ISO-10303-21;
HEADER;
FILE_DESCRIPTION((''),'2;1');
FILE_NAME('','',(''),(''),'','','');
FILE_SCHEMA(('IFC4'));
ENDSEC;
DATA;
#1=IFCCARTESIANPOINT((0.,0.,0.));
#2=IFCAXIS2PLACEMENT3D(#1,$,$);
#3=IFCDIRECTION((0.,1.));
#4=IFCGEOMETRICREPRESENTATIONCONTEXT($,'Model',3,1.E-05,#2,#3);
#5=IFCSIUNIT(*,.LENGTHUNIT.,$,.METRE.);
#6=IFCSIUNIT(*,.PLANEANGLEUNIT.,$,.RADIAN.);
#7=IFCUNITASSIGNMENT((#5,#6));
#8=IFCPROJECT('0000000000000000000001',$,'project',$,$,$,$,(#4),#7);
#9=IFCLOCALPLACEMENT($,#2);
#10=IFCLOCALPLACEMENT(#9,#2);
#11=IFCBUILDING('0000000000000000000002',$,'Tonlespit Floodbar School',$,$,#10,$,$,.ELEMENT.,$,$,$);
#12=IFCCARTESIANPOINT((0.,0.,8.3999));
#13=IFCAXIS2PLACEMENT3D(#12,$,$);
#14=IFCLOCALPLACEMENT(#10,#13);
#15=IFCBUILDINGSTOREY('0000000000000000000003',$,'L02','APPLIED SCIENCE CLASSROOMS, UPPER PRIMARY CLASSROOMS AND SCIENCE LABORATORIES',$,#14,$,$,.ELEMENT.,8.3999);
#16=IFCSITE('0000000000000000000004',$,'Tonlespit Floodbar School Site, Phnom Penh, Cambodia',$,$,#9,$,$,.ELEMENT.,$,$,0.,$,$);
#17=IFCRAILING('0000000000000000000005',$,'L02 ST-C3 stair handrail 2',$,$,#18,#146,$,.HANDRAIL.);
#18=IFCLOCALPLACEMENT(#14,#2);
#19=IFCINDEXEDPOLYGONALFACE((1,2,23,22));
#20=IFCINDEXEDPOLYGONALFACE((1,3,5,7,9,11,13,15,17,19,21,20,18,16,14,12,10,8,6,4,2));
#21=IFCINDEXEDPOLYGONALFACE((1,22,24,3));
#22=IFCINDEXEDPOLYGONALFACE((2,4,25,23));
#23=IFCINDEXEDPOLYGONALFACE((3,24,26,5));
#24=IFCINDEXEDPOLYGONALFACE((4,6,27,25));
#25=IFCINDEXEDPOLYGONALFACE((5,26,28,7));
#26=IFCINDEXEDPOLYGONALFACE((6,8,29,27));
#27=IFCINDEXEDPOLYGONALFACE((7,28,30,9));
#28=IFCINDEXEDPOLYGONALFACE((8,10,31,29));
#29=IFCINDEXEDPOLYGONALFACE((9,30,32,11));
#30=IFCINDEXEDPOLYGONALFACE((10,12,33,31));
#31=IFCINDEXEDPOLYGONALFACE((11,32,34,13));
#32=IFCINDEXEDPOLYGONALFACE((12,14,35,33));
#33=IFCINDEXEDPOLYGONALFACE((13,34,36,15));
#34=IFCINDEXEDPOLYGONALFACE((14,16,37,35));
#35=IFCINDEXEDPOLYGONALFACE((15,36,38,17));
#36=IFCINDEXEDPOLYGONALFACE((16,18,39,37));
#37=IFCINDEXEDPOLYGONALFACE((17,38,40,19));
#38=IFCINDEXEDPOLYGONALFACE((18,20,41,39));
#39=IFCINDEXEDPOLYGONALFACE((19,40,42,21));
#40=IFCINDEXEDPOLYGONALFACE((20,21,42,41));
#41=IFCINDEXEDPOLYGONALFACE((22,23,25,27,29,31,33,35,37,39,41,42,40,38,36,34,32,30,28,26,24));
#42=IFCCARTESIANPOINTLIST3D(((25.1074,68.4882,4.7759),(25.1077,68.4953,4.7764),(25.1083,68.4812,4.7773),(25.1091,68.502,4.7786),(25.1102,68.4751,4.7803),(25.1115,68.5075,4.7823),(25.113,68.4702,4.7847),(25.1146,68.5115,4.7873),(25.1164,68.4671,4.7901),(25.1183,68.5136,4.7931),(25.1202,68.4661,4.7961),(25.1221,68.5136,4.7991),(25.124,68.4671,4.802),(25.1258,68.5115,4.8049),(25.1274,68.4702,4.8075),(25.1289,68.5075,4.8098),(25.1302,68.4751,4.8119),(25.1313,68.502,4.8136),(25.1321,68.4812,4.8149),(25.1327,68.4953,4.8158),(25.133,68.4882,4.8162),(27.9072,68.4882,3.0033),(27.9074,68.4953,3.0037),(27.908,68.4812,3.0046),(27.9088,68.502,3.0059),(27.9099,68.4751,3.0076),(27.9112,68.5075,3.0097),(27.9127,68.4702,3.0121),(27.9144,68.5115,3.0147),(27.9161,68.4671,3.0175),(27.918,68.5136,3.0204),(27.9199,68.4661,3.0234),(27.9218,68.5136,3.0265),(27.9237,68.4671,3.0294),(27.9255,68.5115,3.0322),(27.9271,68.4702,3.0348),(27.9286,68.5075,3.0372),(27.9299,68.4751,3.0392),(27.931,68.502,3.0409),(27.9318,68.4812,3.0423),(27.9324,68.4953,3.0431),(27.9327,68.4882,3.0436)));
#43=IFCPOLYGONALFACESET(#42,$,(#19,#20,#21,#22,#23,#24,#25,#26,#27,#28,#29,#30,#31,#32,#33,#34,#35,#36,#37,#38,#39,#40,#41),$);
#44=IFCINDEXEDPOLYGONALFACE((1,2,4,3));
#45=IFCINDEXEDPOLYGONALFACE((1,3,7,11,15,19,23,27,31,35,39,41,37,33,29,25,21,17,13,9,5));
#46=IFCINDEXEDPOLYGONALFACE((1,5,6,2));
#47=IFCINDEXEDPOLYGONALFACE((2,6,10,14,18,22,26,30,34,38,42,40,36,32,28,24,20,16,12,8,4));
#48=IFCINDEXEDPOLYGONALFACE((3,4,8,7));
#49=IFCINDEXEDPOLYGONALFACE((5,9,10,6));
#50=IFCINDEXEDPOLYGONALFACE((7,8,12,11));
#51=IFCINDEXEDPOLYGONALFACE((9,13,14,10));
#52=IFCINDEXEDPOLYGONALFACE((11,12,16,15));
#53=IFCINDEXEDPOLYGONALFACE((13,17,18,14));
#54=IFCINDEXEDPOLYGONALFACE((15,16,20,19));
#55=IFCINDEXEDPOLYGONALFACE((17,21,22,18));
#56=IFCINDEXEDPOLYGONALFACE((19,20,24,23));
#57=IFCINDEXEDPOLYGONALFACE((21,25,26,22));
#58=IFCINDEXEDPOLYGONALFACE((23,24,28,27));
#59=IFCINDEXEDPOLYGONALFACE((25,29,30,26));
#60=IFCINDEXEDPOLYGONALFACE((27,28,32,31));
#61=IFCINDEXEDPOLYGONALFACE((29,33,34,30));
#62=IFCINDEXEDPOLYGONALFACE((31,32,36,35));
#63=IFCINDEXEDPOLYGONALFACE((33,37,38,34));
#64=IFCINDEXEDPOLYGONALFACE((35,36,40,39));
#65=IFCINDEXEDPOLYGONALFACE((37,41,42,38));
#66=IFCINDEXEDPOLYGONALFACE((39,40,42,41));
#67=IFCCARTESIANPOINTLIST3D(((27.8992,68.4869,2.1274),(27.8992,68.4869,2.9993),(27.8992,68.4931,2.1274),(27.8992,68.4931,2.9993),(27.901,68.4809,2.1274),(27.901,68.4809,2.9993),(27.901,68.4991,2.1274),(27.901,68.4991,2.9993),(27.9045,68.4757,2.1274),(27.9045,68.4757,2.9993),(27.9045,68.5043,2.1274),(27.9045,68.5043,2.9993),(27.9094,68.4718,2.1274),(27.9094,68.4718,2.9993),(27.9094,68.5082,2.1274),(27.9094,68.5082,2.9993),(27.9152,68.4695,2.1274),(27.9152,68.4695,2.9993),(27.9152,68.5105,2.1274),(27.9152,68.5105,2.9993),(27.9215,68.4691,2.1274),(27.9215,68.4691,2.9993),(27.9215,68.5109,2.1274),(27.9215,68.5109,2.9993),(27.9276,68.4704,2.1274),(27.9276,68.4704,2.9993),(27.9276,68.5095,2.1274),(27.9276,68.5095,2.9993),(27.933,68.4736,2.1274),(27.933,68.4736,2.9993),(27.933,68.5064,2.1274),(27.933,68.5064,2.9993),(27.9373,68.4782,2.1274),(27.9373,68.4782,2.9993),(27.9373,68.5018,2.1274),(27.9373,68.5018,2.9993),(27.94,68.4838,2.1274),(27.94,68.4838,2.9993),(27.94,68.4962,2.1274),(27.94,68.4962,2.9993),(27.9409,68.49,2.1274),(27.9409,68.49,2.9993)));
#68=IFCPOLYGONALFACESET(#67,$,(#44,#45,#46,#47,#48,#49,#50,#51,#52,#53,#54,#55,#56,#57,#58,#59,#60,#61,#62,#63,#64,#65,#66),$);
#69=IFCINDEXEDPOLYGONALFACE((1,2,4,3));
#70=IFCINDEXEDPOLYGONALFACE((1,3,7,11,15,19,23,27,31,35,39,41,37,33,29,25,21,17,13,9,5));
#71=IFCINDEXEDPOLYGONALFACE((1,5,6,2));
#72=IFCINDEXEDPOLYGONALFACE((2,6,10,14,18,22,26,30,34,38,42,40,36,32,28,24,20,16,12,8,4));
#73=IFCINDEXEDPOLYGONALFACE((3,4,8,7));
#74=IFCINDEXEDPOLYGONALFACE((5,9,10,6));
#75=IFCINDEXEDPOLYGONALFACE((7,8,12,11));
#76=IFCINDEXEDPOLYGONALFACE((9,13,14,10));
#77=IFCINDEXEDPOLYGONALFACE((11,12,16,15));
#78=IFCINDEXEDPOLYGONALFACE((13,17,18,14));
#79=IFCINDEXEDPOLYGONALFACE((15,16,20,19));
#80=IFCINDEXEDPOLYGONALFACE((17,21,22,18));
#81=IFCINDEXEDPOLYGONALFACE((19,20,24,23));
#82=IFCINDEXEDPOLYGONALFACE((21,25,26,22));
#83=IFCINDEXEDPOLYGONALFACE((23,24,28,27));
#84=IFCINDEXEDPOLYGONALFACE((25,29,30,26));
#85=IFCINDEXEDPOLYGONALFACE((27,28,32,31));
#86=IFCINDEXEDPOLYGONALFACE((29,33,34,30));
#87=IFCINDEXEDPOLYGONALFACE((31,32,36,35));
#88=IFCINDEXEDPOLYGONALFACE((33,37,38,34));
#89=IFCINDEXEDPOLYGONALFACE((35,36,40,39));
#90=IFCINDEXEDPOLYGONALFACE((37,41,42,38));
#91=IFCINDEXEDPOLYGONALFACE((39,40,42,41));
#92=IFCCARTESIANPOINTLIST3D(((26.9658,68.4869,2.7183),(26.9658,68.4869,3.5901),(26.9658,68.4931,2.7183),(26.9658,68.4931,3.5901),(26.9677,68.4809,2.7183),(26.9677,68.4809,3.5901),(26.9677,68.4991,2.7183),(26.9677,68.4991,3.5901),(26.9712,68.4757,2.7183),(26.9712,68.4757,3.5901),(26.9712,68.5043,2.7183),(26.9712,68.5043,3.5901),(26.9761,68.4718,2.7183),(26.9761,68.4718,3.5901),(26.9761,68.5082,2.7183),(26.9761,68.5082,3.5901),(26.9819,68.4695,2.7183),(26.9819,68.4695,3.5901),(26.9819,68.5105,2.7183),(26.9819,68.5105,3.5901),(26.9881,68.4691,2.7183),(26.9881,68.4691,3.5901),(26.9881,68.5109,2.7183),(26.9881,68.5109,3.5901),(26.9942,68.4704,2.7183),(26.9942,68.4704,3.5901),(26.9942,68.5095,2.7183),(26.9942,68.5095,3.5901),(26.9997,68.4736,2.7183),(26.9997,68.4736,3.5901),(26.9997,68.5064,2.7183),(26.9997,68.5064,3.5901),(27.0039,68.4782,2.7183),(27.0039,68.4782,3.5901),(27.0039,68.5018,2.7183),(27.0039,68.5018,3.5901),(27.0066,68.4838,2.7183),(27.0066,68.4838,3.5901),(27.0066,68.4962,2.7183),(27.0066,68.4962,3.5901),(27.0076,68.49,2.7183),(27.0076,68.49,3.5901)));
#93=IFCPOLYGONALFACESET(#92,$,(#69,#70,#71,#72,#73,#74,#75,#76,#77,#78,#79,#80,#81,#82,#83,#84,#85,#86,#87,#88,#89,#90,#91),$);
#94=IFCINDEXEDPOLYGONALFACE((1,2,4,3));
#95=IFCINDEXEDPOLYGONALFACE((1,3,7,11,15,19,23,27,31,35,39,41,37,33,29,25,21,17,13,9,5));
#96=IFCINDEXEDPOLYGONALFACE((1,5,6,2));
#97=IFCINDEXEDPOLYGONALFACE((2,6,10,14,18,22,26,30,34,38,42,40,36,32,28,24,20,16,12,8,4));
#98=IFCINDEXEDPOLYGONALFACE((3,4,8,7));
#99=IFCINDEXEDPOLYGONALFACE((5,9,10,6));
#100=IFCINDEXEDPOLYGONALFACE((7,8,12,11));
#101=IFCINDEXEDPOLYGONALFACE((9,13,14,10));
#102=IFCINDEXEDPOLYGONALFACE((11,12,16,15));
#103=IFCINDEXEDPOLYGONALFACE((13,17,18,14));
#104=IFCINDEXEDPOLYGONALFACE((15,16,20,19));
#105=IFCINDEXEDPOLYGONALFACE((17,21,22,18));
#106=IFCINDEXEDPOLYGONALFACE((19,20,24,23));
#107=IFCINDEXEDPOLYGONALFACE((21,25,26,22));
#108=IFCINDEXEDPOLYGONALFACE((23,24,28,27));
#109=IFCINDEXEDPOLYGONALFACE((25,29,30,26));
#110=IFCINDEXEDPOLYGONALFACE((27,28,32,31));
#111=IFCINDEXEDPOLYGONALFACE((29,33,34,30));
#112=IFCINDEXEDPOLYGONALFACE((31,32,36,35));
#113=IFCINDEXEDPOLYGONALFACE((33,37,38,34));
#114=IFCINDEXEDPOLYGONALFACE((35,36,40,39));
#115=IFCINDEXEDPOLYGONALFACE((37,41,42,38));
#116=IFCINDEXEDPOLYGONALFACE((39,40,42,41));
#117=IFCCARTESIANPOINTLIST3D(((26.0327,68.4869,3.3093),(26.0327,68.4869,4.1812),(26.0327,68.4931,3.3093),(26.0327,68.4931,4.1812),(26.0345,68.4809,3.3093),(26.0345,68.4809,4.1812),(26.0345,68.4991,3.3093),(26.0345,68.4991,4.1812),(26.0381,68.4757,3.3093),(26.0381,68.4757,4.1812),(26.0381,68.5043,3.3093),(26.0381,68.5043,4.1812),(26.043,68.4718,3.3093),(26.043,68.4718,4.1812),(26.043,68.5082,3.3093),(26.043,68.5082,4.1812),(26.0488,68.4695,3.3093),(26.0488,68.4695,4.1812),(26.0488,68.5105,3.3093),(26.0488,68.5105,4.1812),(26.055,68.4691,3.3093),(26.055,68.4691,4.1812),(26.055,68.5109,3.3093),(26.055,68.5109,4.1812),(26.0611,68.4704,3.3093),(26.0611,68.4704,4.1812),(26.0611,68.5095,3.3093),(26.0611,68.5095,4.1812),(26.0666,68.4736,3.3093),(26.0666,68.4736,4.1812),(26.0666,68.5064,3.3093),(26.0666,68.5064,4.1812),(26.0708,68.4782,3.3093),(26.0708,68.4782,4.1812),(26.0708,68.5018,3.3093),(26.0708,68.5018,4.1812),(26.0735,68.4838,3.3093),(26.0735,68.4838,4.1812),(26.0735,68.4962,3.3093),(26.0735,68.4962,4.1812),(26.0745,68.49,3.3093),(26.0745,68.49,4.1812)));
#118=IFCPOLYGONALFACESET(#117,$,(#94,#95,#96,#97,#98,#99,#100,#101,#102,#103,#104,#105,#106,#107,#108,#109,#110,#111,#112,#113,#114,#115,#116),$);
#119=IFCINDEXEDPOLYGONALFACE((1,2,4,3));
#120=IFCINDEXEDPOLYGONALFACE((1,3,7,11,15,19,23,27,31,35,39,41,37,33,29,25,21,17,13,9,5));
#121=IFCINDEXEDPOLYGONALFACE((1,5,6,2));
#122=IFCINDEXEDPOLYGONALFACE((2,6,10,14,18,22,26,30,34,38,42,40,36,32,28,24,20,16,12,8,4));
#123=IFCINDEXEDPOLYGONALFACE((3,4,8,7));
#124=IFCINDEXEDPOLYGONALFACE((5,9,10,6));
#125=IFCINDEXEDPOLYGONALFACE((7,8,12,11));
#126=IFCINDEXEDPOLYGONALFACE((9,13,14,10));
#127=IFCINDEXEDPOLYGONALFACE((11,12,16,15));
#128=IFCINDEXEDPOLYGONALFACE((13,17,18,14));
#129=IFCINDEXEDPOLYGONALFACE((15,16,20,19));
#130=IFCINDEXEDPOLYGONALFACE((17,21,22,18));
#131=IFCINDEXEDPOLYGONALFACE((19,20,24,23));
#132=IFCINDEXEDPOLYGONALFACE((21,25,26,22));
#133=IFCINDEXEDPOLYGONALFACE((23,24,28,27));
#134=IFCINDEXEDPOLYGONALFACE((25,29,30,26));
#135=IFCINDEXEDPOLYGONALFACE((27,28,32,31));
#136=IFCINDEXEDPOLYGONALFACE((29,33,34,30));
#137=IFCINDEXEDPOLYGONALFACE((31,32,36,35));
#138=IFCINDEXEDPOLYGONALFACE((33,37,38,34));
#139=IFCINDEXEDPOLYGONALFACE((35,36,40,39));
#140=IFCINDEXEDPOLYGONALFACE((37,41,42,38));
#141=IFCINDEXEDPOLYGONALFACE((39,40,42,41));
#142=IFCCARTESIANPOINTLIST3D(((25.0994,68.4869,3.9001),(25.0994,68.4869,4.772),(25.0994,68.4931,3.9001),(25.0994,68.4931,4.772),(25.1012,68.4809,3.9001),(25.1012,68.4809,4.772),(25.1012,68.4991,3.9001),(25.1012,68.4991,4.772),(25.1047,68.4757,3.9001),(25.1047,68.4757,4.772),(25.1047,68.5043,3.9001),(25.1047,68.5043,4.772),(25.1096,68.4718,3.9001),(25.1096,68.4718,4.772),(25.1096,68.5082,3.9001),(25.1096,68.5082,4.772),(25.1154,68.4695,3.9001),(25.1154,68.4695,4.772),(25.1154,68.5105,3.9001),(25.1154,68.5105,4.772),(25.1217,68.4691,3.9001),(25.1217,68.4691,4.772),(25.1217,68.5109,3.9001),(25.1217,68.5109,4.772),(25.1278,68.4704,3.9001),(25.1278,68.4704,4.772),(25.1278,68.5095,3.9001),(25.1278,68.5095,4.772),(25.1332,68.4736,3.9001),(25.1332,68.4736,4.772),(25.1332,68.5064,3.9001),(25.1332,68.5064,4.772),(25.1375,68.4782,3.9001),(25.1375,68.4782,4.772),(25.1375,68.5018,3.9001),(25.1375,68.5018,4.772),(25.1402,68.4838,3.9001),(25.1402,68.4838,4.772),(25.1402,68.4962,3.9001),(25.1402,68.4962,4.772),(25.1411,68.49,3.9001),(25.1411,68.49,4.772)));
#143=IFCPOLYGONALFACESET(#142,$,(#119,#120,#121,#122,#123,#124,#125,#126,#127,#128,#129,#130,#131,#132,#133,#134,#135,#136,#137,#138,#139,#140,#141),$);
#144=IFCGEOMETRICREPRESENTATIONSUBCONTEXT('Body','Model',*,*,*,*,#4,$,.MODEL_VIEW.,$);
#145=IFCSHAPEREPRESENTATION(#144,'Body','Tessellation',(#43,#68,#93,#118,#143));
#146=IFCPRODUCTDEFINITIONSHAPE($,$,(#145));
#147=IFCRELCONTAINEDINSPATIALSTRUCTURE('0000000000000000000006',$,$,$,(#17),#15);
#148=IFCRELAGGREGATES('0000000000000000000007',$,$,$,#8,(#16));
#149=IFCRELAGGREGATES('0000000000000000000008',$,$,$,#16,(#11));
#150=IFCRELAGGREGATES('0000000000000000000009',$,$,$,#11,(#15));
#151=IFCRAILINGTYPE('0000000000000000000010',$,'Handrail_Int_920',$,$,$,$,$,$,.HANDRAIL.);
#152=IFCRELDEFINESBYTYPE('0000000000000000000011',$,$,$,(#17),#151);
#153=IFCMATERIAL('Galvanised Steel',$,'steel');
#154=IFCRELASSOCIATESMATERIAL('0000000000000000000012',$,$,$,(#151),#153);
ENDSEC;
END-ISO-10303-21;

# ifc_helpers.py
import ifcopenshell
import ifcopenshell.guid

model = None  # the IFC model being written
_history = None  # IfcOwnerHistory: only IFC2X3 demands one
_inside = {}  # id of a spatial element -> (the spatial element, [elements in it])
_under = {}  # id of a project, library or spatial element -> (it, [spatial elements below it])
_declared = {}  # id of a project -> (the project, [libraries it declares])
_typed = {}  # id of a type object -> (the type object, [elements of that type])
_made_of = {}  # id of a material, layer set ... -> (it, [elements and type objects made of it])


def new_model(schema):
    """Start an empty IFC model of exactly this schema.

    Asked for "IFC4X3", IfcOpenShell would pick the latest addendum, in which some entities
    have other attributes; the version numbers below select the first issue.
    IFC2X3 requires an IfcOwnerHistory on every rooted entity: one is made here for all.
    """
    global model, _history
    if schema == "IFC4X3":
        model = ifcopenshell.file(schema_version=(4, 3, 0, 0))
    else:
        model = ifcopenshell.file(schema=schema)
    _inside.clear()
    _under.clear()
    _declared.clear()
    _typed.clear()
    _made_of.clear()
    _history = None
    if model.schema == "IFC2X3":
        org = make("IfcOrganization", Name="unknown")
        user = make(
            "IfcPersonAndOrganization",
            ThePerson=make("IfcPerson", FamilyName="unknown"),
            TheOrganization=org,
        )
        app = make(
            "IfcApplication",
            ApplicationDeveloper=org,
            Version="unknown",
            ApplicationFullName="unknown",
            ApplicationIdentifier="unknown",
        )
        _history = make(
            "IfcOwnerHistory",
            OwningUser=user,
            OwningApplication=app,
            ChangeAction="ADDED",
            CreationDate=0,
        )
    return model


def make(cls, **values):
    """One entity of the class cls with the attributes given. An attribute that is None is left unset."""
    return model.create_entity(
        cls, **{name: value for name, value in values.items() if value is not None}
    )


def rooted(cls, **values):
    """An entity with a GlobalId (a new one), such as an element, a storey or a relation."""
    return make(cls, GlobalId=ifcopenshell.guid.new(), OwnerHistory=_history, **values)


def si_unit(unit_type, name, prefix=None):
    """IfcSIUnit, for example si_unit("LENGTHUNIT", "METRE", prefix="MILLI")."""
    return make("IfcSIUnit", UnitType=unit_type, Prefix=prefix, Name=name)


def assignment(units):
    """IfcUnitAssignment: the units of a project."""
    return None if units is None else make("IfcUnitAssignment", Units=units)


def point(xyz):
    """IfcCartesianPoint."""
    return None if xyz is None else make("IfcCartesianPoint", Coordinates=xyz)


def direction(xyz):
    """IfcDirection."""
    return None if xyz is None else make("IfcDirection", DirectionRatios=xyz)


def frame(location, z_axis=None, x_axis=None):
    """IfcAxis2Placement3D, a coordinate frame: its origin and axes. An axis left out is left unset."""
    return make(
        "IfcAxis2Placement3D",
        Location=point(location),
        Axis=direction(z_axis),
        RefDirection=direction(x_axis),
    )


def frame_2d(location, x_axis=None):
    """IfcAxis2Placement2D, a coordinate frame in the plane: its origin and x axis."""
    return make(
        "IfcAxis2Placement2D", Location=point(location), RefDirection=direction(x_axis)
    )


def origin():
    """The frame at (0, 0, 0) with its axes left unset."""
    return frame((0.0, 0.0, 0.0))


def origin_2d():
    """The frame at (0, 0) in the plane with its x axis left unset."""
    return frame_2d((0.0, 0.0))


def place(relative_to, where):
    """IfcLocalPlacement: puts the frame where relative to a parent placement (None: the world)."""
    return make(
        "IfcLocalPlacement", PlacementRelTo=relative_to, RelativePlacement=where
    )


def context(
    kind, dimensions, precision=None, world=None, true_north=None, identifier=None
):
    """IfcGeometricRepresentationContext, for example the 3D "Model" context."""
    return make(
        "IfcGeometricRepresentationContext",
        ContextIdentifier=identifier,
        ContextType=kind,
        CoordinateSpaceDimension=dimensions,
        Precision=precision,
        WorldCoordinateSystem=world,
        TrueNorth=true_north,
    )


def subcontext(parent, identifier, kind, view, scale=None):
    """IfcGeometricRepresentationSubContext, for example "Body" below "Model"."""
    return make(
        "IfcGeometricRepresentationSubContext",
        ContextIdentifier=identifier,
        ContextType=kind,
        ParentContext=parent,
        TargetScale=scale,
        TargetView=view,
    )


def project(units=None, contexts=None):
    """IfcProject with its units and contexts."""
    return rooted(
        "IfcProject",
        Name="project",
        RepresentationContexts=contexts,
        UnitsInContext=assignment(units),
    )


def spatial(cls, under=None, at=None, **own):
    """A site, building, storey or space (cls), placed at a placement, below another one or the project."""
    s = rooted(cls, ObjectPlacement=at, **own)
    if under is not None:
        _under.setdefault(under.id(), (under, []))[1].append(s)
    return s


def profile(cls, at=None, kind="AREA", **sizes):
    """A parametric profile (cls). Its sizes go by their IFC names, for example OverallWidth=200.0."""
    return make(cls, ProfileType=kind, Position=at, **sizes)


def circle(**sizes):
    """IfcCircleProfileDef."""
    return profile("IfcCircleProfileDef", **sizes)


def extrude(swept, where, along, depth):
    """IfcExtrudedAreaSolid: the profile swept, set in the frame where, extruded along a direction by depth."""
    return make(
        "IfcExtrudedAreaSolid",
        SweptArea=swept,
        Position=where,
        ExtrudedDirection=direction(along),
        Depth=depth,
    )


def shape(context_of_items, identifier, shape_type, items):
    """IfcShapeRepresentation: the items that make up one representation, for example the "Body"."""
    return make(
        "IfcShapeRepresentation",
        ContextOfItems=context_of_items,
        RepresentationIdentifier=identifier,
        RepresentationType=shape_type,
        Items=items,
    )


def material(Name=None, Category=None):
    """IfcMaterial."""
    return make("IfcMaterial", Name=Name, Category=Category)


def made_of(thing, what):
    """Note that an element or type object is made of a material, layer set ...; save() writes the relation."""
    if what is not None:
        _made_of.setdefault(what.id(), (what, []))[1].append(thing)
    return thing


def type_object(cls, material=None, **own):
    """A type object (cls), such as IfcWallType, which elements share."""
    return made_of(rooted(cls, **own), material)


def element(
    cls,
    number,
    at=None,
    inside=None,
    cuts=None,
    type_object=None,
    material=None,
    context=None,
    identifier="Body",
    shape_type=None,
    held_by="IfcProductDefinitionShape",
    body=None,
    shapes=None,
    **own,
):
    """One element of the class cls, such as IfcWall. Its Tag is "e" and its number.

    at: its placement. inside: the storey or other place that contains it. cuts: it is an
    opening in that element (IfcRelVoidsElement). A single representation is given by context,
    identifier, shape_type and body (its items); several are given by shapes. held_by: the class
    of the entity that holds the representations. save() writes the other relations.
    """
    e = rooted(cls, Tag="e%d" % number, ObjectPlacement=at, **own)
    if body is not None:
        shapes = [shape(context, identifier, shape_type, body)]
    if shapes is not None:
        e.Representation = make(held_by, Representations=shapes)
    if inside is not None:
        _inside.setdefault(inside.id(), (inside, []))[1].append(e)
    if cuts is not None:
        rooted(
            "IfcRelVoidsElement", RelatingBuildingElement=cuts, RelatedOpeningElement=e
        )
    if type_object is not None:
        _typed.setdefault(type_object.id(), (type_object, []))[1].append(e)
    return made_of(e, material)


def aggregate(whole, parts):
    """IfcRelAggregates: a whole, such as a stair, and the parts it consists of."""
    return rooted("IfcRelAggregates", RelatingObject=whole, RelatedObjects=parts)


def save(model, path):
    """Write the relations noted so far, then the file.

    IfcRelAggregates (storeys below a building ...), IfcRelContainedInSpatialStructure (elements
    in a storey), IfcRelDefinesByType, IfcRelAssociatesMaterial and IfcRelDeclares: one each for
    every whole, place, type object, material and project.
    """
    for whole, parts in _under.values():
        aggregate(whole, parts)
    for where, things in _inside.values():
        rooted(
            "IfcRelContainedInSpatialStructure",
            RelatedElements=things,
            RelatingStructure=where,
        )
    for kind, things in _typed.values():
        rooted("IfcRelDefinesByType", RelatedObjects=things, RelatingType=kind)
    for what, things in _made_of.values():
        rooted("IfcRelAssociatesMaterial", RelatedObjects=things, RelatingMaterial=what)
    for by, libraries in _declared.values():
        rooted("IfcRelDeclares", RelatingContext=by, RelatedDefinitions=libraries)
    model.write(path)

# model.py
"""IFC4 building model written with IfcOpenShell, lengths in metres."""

from ifc_helpers import new_model, si_unit, direction, frame, origin, origin_2d, place, context, subcontext, project, spatial, circle, extrude, material, type_object, element, save


model = new_model("IFC4")

# Units and contexts
model_context = context("Model", 3, precision=1e-05, world=origin(), true_north=direction((0.0, 1.0)))
body_context = subcontext(model_context, "Body", "Model", "MODEL_VIEW")
ifc_project = project(units=[si_unit("LENGTHUNIT", "METRE"), si_unit("PLANEANGLEUNIT", "RADIAN")], contexts=[model_context])

# Site, building, storey
site_placement = place(None, origin())
site = spatial("IfcSite", under=ifc_project, at=site_placement, Name="Tonlespit Floodbar School Site, Phnom Penh, Cambodia", CompositionType="ELEMENT", RefElevation=0.0)
building_placement = place(site_placement, origin())
building = spatial("IfcBuilding", under=site, at=building_placement, Name="Tonlespit Floodbar School", CompositionType="ELEMENT")
storey_placement = place(building_placement, frame((0.0, 0.0, 8.3999)))
storey = spatial("IfcBuildingStorey", under=building, at=storey_placement, Name="L02", Description="APPLIED SCIENCE CLASSROOMS, UPPER PRIMARY CLASSROOMS AND SCIENCE LABORATORIES", CompositionType="ELEMENT", Elevation=8.3999)

# Railing
ifc_material_1 = material(Name="Galvanised Steel", Category="steel")
railing_type_1 = type_object("IfcRailingType", Name="Handrail_Int_920", PredefinedType="HANDRAIL", material=ifc_material_1)
railing_1_placement = place(storey_placement, frame((27.9199, 68.49, 2.1274)))
element("IfcRailing", 1, at=railing_1_placement, inside=storey, type_object=railing_type_1, Name="L02 ST-C3 stair handrail 2", PredefinedType="HANDRAIL", context=body_context, shape_type="SweptSolid", body=[
    extrude(circle(Radius=0.0239, at=origin_2d()), frame((0.0, 0.0, 0.896), z_axis=(-0.844888, 0.0, 0.534943), x_axis=(0.0, -1.0, 0.0)), (0.0, 0.0, 1.0), 3.3137),
    extrude(circle(Radius=0.021, at=origin_2d()), origin(), (0.0, 0.0, 1.0), 0.8718),
    extrude(circle(Radius=0.021, at=origin_2d()), frame((-0.9333, 0.0, 0.5908)), (0.0, 0.0, 1.0), 0.8718),
    extrude(circle(Radius=0.021, at=origin_2d()), frame((-1.8665, 0.0, 1.1819)), (0.0, 0.0, 1.0), 0.8718),
    extrude(circle(Radius=0.021, at=origin_2d()), frame((-2.7998, 0.0, 1.7727)), (0.0, 0.0, 1.0), 0.8718),
])

save(model, "model.ifc")
